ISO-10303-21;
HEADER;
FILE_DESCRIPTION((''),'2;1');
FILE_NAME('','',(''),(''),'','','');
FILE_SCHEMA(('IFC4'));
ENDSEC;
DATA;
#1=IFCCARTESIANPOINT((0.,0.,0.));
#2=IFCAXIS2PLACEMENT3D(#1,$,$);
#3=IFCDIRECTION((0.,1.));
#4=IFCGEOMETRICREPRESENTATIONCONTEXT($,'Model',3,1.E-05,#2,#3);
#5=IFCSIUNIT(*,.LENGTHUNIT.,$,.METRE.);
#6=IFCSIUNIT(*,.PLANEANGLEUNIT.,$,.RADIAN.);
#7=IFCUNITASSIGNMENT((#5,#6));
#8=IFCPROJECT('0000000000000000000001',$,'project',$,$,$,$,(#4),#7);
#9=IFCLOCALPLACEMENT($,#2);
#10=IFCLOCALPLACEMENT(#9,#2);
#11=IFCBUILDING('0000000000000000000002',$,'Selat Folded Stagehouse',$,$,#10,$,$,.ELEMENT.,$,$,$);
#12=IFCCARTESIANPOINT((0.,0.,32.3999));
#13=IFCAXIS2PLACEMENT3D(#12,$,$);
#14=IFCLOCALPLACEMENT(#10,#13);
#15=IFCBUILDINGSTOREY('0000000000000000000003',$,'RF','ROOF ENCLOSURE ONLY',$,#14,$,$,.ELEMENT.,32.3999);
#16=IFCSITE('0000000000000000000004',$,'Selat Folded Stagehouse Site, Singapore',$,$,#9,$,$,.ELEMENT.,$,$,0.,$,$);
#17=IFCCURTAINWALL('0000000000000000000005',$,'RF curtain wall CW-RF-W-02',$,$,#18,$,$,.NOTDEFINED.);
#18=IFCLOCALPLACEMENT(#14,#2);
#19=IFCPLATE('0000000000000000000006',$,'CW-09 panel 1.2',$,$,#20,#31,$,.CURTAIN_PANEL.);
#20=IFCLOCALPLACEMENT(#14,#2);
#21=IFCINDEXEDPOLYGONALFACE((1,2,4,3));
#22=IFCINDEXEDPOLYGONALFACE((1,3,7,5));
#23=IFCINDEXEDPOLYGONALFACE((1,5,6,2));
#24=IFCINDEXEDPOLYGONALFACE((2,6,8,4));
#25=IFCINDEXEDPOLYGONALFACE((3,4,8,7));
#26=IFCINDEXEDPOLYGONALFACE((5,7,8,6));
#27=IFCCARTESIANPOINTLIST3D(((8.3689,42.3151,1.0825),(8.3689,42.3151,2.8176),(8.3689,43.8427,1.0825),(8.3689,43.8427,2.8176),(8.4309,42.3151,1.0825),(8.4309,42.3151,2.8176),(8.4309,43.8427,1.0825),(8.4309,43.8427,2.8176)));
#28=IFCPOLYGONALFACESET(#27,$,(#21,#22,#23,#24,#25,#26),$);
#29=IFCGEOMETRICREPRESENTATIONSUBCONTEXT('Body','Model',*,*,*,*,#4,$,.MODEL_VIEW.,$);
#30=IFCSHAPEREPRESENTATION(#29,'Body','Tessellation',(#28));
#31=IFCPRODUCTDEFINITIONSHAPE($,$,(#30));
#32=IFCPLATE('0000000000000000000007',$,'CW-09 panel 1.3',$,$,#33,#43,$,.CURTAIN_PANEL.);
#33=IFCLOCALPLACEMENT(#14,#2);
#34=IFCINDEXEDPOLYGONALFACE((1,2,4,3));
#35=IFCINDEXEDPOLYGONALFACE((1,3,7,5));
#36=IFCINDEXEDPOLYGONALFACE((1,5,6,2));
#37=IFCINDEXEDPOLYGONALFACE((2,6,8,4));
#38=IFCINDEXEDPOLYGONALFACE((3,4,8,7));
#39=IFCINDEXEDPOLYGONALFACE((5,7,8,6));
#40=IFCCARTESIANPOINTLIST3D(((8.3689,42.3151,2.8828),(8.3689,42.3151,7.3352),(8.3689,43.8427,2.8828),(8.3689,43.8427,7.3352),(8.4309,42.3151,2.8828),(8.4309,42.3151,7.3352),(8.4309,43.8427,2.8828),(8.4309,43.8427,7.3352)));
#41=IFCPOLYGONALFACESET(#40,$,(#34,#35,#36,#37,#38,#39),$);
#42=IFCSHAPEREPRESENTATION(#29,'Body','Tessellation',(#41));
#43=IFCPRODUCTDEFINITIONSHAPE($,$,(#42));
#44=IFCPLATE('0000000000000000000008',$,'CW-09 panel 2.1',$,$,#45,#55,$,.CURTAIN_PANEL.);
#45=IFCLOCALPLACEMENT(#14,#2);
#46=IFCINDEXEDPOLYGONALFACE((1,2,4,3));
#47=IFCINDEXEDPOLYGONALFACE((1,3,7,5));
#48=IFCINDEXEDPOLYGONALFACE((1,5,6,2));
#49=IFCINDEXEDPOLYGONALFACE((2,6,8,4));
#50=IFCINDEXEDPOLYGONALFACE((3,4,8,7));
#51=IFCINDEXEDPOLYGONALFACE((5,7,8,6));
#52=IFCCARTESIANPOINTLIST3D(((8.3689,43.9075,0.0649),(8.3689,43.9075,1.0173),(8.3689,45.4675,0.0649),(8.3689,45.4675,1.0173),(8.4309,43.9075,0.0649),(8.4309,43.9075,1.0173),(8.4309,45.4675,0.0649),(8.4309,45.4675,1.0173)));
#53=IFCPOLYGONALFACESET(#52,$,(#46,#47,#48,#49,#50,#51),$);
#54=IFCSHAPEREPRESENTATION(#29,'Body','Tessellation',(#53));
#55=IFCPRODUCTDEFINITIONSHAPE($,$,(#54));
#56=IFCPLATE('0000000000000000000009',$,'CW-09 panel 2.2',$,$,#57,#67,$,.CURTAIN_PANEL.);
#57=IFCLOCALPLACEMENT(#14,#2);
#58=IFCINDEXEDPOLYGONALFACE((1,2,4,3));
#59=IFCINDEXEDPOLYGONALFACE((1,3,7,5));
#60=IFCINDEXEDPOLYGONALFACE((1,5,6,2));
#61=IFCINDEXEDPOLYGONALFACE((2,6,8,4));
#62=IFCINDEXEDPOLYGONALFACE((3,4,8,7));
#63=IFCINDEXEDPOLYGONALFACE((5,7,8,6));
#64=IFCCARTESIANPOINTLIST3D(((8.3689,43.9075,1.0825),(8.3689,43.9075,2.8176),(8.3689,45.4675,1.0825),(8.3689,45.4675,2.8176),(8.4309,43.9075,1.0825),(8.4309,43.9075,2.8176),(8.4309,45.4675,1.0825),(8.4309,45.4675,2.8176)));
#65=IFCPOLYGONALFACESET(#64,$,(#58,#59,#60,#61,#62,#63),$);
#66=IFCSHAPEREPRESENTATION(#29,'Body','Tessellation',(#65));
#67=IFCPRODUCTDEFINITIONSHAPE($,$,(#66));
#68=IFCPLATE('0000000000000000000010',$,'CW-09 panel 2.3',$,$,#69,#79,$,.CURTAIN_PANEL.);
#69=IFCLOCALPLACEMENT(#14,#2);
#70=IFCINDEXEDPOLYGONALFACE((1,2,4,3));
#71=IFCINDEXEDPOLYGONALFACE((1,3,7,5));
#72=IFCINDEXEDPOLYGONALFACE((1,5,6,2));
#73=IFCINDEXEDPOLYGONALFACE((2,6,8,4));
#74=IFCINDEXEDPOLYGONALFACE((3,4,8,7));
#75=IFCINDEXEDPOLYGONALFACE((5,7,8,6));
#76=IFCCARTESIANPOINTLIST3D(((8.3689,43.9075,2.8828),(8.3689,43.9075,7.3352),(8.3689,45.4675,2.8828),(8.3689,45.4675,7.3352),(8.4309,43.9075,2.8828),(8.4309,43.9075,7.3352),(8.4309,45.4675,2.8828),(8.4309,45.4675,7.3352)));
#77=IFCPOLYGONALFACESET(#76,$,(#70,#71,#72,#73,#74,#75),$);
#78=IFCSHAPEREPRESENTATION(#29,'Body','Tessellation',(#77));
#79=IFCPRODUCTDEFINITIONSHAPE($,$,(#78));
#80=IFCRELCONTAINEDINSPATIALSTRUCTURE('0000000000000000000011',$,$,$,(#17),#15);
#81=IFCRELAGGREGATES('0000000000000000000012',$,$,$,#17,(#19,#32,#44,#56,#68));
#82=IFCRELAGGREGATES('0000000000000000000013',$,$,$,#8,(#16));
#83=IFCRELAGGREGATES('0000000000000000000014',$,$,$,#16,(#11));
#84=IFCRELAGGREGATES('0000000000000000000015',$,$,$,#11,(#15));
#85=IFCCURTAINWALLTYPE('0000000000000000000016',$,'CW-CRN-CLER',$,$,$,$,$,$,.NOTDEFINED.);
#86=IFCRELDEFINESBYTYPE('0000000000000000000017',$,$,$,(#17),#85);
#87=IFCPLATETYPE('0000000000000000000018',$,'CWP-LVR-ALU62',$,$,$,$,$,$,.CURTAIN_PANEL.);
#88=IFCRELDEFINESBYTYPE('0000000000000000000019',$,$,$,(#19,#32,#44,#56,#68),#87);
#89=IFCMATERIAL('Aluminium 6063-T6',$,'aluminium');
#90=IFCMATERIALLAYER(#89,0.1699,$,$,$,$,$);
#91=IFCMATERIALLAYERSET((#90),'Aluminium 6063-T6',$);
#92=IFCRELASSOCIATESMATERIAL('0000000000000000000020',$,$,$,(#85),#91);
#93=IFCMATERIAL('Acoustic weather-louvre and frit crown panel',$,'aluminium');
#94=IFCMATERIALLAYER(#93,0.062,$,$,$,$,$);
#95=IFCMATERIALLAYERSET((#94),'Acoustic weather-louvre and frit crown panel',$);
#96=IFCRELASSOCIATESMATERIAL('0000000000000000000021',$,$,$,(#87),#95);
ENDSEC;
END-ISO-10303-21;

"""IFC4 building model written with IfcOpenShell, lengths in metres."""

from ifc_helpers import new_model, si_unit, direction, frame, origin, origin_2d, place, context, subcontext, project, spatial, rectangle, extrude, material, layer, layer_set, type_object, element, aggregate, save


model = new_model("IFC4")

# Units and contexts
model_context = context("Model", 3, precision=1e-05, world=origin(), true_north=direction((0.0, 1.0)))
body_context = subcontext(model_context, "Body", "Model", "MODEL_VIEW")
ifc_project = project(units=[si_unit("LENGTHUNIT", "METRE"), si_unit("PLANEANGLEUNIT", "RADIAN")], contexts=[model_context])

# Site, building, storey
site_placement = place(None, origin())
site = spatial("IfcSite", under=ifc_project, at=site_placement, Name="Selat Folded Stagehouse Site, Singapore", CompositionType="ELEMENT", RefElevation=0.0)
building_placement = place(site_placement, origin())
building = spatial("IfcBuilding", under=site, at=building_placement, Name="Selat Folded Stagehouse", CompositionType="ELEMENT")
storey_placement = place(building_placement, frame((0.0, 0.0, 32.3999)))
storey = spatial("IfcBuildingStorey", under=building, at=storey_placement, Name="RF", Description="ROOF ENCLOSURE ONLY", CompositionType="ELEMENT", Elevation=32.3999)

# Curtain wall
ifc_material_1 = material(Name="Aluminium 6063-T6", Category="aluminium")
ifc_layer_1 = layer(ifc_material_1, 0.1699)
ifc_layer_set_1 = layer_set([ifc_layer_1], Name="Aluminium 6063-T6")
curtain_wall_type = type_object("IfcCurtainWallType", Name="CW-CRN-CLER", PredefinedType="NOTDEFINED", material=ifc_layer_set_1)
curtain_wall_1_placement = place(storey_placement, origin())
curtain_wall_1 = element("IfcCurtainWall", 1, at=curtain_wall_1_placement, inside=storey, type_object=curtain_wall_type, Name="RF curtain wall CW-RF-W-02", PredefinedType="NOTDEFINED")

# Plates
ifc_material_2 = material(Name="Acoustic weather-louvre and frit crown panel", Category="aluminium")
ifc_layer_2 = layer(ifc_material_2, 0.062)
ifc_layer_set_2 = layer_set([ifc_layer_2], Name="Acoustic weather-louvre and frit crown panel")
plate_type = type_object("IfcPlateType", Name="CWP-LVR-ALU62", PredefinedType="CURTAIN_PANEL", material=ifc_layer_set_2)
plate_1_placement = place(storey_placement, frame((8.3999, 43.0789, 1.0825), z_axis=(0.0, 0.0, 1.0), x_axis=(0.0, 1.0, 0.0)))
plate_1 = element("IfcPlate", 2, at=plate_1_placement, type_object=plate_type, Name="CW-09 panel 1.2", PredefinedType="CURTAIN_PANEL", context=body_context, shape_type="SweptSolid", body=[
    extrude(rectangle(XDim=1.5276, YDim=0.062, at=origin_2d()), origin(), (0.0, 0.0, 1.0), 1.7351),
])
plate_2_placement = place(storey_placement, frame((8.3999, 43.0789, 2.8828), z_axis=(0.0, 0.0, 1.0), x_axis=(0.0, 1.0, 0.0)))
plate_2 = element("IfcPlate", 3, at=plate_2_placement, type_object=plate_type, Name="CW-09 panel 1.3", PredefinedType="CURTAIN_PANEL", context=body_context, shape_type="SweptSolid", body=[
    extrude(rectangle(XDim=1.5276, YDim=0.062, at=origin_2d()), origin(), (0.0, 0.0, 1.0), 4.4524),
])
plate_3_placement = place(storey_placement, frame((8.3999, 44.6875, 0.0649), z_axis=(0.0, 0.0, 1.0), x_axis=(0.0, 1.0, 0.0)))
plate_3 = element("IfcPlate", 4, at=plate_3_placement, type_object=plate_type, Name="CW-09 panel 2.1", PredefinedType="CURTAIN_PANEL", context=body_context, shape_type="SweptSolid", body=[
    extrude(rectangle(XDim=1.5601, YDim=0.062, at=origin_2d()), origin(), (0.0, 0.0, 1.0), 0.9524),
])
plate_4_placement = place(storey_placement, frame((8.3999, 44.6875, 1.0825), z_axis=(0.0, 0.0, 1.0), x_axis=(0.0, 1.0, 0.0)))
plate_4 = element("IfcPlate", 5, at=plate_4_placement, type_object=plate_type, Name="CW-09 panel 2.2", PredefinedType="CURTAIN_PANEL", context=body_context, shape_type="SweptSolid", body=[
    extrude(rectangle(XDim=1.5601, YDim=0.062, at=origin_2d()), origin(), (0.0, 0.0, 1.0), 1.7351),
])
plate_5_placement = place(storey_placement, frame((8.3999, 44.6875, 2.8828), z_axis=(0.0, 0.0, 1.0), x_axis=(0.0, 1.0, 0.0)))
plate_5 = element("IfcPlate", 6, at=plate_5_placement, type_object=plate_type, Name="CW-09 panel 2.3", PredefinedType="CURTAIN_PANEL", context=body_context, shape_type="SweptSolid", body=[
    extrude(rectangle(XDim=1.5601, YDim=0.062, at=origin_2d()), origin(), (0.0, 0.0, 1.0), 4.4524),
])
aggregate(curtain_wall_1, [plate_1, plate_2, plate_3, plate_4, plate_5])

save(model, "model.ifc")
